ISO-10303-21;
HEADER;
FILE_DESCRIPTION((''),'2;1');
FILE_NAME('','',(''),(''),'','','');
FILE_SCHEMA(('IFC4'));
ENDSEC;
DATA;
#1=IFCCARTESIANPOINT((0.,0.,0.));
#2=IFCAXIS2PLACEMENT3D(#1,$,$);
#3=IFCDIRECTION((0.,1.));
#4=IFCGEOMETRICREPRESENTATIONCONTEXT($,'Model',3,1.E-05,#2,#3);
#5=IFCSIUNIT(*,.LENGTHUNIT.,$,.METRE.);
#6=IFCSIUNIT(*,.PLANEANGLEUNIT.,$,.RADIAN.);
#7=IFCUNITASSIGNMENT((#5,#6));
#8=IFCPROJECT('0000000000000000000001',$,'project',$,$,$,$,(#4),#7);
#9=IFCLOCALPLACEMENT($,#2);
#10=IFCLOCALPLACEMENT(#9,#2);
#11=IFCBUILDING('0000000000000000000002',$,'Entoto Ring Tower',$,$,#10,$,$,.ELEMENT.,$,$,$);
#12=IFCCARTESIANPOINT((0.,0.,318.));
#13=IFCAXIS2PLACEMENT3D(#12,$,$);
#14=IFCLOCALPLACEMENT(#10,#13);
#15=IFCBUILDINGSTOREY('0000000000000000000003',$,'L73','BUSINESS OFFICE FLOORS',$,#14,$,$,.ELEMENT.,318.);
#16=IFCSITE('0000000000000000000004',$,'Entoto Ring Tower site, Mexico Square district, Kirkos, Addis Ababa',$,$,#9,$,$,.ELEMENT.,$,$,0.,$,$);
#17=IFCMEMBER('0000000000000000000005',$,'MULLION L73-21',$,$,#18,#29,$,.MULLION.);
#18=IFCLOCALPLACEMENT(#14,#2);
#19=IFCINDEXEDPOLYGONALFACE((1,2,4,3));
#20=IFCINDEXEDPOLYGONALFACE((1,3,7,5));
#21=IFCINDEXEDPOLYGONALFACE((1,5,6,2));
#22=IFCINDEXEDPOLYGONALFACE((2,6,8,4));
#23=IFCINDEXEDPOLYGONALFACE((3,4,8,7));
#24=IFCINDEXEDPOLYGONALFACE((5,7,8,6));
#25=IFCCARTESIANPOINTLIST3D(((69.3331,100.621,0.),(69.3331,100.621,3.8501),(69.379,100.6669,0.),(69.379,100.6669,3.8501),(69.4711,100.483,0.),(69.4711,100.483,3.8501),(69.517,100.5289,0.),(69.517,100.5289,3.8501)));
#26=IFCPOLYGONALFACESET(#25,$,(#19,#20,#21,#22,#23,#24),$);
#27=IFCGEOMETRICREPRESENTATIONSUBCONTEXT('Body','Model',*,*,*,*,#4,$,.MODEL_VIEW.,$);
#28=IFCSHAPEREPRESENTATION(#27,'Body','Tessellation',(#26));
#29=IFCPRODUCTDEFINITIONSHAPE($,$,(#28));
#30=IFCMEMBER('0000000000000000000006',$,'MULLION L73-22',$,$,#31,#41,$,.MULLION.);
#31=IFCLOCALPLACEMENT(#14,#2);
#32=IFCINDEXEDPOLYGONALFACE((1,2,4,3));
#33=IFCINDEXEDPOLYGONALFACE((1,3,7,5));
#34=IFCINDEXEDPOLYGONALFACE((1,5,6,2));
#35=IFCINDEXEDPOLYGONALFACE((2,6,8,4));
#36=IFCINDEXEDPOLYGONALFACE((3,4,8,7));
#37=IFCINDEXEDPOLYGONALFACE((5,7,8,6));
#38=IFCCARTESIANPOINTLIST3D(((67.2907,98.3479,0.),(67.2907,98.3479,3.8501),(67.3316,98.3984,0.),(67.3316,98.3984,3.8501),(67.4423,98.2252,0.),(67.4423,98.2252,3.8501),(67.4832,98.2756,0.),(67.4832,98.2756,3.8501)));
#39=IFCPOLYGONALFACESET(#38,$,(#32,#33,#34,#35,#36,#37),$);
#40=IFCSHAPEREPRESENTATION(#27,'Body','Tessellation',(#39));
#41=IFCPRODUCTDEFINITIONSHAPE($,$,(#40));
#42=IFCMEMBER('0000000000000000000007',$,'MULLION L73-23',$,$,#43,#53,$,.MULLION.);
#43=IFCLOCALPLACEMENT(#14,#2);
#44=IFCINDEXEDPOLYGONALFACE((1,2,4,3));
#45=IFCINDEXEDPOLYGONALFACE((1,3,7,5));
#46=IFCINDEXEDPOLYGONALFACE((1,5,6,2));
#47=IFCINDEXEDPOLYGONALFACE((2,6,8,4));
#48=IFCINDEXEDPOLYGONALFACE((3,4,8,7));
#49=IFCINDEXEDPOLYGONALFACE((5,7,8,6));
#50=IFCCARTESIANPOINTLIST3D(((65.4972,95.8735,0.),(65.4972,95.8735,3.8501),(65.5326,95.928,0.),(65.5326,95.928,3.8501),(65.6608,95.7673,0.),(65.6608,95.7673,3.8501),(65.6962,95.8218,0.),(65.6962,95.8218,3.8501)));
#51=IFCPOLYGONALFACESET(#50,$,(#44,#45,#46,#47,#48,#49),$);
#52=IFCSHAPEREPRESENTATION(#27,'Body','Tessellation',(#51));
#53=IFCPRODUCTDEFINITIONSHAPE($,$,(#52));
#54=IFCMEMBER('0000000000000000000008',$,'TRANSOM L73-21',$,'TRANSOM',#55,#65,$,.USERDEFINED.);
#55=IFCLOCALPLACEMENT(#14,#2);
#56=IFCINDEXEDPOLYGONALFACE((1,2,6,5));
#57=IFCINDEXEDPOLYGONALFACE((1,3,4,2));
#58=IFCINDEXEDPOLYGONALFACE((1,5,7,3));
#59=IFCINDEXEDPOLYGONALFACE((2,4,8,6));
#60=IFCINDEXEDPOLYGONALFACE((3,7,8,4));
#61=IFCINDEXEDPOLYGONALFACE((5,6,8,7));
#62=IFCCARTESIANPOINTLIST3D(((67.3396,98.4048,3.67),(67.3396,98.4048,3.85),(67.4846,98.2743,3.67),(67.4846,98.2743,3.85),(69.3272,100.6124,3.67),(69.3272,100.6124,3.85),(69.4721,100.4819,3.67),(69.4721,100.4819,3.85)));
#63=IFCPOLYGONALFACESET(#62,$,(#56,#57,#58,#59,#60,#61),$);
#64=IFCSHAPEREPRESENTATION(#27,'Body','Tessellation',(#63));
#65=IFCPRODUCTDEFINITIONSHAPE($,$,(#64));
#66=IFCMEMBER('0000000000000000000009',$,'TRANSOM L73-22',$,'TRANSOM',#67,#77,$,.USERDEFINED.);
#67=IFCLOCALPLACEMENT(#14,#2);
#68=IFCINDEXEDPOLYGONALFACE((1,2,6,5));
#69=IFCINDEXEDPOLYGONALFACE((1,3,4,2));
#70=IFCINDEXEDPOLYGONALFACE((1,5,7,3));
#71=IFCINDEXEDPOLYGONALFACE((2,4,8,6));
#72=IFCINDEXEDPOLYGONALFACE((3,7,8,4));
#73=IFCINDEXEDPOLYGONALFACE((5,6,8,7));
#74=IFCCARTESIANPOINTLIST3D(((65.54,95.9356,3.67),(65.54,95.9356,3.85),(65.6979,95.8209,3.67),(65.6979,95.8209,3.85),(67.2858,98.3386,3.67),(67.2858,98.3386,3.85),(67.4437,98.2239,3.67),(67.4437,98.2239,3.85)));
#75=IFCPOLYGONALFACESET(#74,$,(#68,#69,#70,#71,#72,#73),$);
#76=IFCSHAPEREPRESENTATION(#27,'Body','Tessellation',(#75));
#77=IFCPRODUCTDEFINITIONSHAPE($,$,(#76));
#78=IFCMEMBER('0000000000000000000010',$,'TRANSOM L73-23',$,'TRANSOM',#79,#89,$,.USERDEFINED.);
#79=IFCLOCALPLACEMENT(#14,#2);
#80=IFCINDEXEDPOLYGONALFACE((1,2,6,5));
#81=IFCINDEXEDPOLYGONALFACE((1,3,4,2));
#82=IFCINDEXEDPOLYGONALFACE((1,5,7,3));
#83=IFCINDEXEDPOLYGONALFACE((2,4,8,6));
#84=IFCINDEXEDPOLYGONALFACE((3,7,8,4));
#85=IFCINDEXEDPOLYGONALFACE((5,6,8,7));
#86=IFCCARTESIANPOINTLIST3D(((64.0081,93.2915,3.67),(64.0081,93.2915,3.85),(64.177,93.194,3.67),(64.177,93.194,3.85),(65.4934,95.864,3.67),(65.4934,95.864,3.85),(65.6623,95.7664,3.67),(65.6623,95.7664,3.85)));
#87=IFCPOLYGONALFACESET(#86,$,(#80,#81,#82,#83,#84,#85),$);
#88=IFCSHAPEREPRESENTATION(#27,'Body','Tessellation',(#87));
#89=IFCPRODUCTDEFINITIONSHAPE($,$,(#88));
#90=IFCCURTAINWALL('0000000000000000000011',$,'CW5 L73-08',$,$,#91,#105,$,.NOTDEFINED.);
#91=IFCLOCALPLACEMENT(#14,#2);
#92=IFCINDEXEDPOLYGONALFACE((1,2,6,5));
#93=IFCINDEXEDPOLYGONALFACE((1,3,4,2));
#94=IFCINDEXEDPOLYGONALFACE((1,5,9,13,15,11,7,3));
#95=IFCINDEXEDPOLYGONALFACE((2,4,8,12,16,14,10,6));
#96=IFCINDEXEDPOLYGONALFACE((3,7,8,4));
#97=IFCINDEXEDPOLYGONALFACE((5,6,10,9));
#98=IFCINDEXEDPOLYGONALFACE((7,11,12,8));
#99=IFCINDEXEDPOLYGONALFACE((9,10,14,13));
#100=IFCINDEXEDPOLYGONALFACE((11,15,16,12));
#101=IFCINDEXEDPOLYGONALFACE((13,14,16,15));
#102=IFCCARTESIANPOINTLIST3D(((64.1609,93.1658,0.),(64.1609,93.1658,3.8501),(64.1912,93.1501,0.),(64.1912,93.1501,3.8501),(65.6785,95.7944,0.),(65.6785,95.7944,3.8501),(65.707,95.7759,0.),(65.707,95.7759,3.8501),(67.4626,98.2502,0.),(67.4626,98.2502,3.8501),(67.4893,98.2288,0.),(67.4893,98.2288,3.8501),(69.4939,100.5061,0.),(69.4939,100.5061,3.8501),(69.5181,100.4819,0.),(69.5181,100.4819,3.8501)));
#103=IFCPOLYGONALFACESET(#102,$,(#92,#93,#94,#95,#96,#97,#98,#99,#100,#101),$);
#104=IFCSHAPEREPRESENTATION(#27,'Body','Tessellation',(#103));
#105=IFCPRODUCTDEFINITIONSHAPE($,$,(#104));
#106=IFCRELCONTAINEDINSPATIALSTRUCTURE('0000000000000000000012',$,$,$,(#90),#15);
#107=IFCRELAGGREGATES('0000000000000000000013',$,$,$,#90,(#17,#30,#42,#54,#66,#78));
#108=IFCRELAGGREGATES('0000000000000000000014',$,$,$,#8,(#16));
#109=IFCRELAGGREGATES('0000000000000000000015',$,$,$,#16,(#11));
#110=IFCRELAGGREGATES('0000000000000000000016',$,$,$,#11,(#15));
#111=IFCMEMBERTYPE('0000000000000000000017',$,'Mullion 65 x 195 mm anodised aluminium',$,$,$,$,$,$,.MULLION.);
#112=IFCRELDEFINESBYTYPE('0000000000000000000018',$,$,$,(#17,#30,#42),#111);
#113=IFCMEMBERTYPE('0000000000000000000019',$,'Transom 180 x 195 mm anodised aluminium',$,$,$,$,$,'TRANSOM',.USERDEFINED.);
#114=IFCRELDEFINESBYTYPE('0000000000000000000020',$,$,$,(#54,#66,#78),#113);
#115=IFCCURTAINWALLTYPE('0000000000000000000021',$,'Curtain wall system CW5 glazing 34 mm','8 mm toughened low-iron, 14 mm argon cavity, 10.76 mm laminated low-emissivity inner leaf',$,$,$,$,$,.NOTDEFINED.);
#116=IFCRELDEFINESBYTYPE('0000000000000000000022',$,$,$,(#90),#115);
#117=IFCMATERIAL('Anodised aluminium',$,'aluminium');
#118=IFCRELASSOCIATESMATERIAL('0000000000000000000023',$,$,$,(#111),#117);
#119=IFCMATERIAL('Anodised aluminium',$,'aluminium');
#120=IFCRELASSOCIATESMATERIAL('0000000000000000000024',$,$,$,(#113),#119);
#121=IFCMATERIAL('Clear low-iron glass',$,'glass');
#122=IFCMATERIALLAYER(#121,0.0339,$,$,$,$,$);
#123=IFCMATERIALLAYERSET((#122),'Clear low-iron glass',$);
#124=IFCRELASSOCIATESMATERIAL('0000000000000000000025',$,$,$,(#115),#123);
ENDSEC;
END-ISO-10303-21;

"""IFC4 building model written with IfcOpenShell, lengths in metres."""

from ifc_helpers import new_model, si_unit, direction, frame, origin, origin_2d, place, context, subcontext, project, spatial, polyline, rectangle, outline, extrude, material, layer, layer_set, material_profile, profile_set, type_object, element, aggregate, save


model = new_model("IFC4")

# Units and contexts
model_context = context("Model", 3, precision=1e-05, world=origin(), true_north=direction((0.0, 1.0)))
body_context = subcontext(model_context, "Body", "Model", "MODEL_VIEW")
ifc_project = project(units=[si_unit("LENGTHUNIT", "METRE"), si_unit("PLANEANGLEUNIT", "RADIAN")], contexts=[model_context])

# Members
ifc_material_1 = material(Name="Anodised aluminium", Category="aluminium")
ifc_material_profile_1 = material_profile(ifc_material_1, rectangle(XDim=0.0649, YDim=0.1951, at=origin_2d()), Name="Mullion 65 x 195 mm anodised aluminium")
ifc_profile_set_1 = profile_set([ifc_material_profile_1], Name="Anodised aluminium")
member_type_1 = type_object("IfcMemberType", Name="Mullion 65 x 195 mm anodised aluminium", PredefinedType="MULLION", material=ifc_profile_set_1)
site_placement = place(None, origin())
building_placement = place(site_placement, origin())
storey_placement = place(building_placement, frame((0.0, 0.0, 318.0)))
member_1_placement = place(storey_placement, frame((69.425, 100.575, 0.0), z_axis=(0.0, 0.0, 1.0), x_axis=(-0.707107, -0.707107, 0.0)))
member_1 = element("IfcMember", 1, at=member_1_placement, type_object=member_type_1, Name="MULLION L73-21", PredefinedType="MULLION", context=body_context, shape_type="SweptSolid", body=[
    extrude(rectangle(XDim=0.0649, YDim=0.1951, at=origin_2d()), origin(), (0.0, 0.0, 1.0), 3.8501),
])
member_2_placement = place(storey_placement, frame((67.387, 98.3118, 0.0), z_axis=(0.0, 0.0, 1.0), x_axis=(-0.62932, -0.777146, 0.0)))
member_2 = element("IfcMember", 2, at=member_2_placement, type_object=member_type_1, Name="MULLION L73-22", PredefinedType="MULLION", context=body_context, shape_type="SweptSolid", body=[
    extrude(rectangle(XDim=0.0649, YDim=0.1951, at=origin_2d()), origin(), (0.0, 0.0, 1.0), 3.8501),
])
member_3_placement = place(storey_placement, frame((65.5967, 95.8477, 0.0), z_axis=(0.0, 0.0, 1.0), x_axis=(-0.544639, -0.838671, 0.0)))
member_3 = element("IfcMember", 3, at=member_3_placement, type_object=member_type_1, Name="MULLION L73-23", PredefinedType="MULLION", context=body_context, shape_type="SweptSolid", body=[
    extrude(rectangle(XDim=0.0649, YDim=0.1951, at=origin_2d()), origin(), (0.0, 0.0, 1.0), 3.8501),
])
ifc_material_2 = material(Name="Anodised aluminium", Category="aluminium")
ifc_material_profile_2 = material_profile(ifc_material_2, rectangle(XDim=0.1951, YDim=0.1799, at=origin_2d()), Name="Transom 180 x 195 mm anodised aluminium")
ifc_profile_set_2 = profile_set([ifc_material_profile_2], Name="Anodised aluminium")
member_type_2 = type_object("IfcMemberType", Name="Transom 180 x 195 mm anodised aluminium", ElementType="TRANSOM", PredefinedType="USERDEFINED", material=ifc_profile_set_2)
member_4_placement = place(storey_placement, frame((69.3997, 100.5471, 3.76), z_axis=(-0.66911, -0.743163, 0.0), x_axis=(0.743163, -0.66911, 0.0)))
member_4 = element("IfcMember", 4, at=member_4_placement, type_object=member_type_2, Name="TRANSOM L73-21", ObjectType="TRANSOM", PredefinedType="USERDEFINED", context=body_context, shape_type="SweptSolid", body=[
    extrude(rectangle(XDim=0.1951, YDim=0.1799, at=origin_2d()), origin(), (0.0, 0.0, 1.0), 2.9705),
])
member_5_placement = place(storey_placement, frame((67.3647, 98.2812, 3.76), z_axis=(-0.587766, -0.809031, 0.0), x_axis=(0.809031, -0.587766, 0.0)))
member_5 = element("IfcMember", 5, at=member_5_placement, type_object=member_type_2, Name="TRANSOM L73-22", ObjectType="TRANSOM", PredefinedType="USERDEFINED", context=body_context, shape_type="SweptSolid", body=[
    extrude(rectangle(XDim=0.1951, YDim=0.1799, at=origin_2d()), origin(), (0.0, 0.0, 1.0), 2.9702),
])
member_6_placement = place(storey_placement, frame((65.5779, 95.8152, 3.76), z_axis=(-0.500028, -0.866009, 0.0), x_axis=(0.866009, -0.500028, 0.0)))
member_6 = element("IfcMember", 6, at=member_6_placement, type_object=member_type_2, Name="TRANSOM L73-23", ObjectType="TRANSOM", PredefinedType="USERDEFINED", context=body_context, shape_type="SweptSolid", body=[
    extrude(rectangle(XDim=0.1951, YDim=0.1799, at=origin_2d()), origin(), (0.0, 0.0, 1.0), 2.9705),
])

# Site, building, storey
site = spatial("IfcSite", under=ifc_project, at=site_placement, Name="Entoto Ring Tower site, Mexico Square district, Kirkos, Addis Ababa", CompositionType="ELEMENT", RefElevation=0.0)
building = spatial("IfcBuilding", under=site, at=building_placement, Name="Entoto Ring Tower", CompositionType="ELEMENT")
storey = spatial("IfcBuildingStorey", under=building, at=storey_placement, Name="L73", Description="BUSINESS OFFICE FLOORS", CompositionType="ELEMENT", Elevation=318.0)

# Curtain wall
ifc_material_3 = material(Name="Clear low-iron glass", Category="glass")
ifc_layer = layer(ifc_material_3, 0.0339)
ifc_layer_set = layer_set([ifc_layer], Name="Clear low-iron glass")
curtain_wall_type = type_object("IfcCurtainWallType", Name="Curtain wall system CW5 glazing 34 mm", Description="8 mm toughened low-iron, 14 mm argon cavity, 10.76 mm laminated low-emissivity inner leaf", PredefinedType="NOTDEFINED", material=ifc_layer_set)
curtain_wall_1_placement = place(storey_placement, origin())
curtain_wall_1 = element("IfcCurtainWall", 7, at=curtain_wall_1_placement, inside=storey, type_object=curtain_wall_type, Name="CW5 L73-08", PredefinedType="NOTDEFINED", context=body_context, shape_type="SweptSolid", body=[
    extrude(outline(polyline([(69.4939, 100.5061), (67.4626, 98.2502), (65.6785, 95.7944), (64.1609, 93.1658), (64.1912, 93.1501), (65.707, 95.7759), (67.4893, 98.2288), (69.5181, 100.4819), (69.4939, 100.5061)])), origin(), (0.0, 0.0, 1.0), 3.8501),
])
aggregate(curtain_wall_1, [member_1, member_2, member_3, member_4, member_5, member_6])

save(model, "model.ifc")
